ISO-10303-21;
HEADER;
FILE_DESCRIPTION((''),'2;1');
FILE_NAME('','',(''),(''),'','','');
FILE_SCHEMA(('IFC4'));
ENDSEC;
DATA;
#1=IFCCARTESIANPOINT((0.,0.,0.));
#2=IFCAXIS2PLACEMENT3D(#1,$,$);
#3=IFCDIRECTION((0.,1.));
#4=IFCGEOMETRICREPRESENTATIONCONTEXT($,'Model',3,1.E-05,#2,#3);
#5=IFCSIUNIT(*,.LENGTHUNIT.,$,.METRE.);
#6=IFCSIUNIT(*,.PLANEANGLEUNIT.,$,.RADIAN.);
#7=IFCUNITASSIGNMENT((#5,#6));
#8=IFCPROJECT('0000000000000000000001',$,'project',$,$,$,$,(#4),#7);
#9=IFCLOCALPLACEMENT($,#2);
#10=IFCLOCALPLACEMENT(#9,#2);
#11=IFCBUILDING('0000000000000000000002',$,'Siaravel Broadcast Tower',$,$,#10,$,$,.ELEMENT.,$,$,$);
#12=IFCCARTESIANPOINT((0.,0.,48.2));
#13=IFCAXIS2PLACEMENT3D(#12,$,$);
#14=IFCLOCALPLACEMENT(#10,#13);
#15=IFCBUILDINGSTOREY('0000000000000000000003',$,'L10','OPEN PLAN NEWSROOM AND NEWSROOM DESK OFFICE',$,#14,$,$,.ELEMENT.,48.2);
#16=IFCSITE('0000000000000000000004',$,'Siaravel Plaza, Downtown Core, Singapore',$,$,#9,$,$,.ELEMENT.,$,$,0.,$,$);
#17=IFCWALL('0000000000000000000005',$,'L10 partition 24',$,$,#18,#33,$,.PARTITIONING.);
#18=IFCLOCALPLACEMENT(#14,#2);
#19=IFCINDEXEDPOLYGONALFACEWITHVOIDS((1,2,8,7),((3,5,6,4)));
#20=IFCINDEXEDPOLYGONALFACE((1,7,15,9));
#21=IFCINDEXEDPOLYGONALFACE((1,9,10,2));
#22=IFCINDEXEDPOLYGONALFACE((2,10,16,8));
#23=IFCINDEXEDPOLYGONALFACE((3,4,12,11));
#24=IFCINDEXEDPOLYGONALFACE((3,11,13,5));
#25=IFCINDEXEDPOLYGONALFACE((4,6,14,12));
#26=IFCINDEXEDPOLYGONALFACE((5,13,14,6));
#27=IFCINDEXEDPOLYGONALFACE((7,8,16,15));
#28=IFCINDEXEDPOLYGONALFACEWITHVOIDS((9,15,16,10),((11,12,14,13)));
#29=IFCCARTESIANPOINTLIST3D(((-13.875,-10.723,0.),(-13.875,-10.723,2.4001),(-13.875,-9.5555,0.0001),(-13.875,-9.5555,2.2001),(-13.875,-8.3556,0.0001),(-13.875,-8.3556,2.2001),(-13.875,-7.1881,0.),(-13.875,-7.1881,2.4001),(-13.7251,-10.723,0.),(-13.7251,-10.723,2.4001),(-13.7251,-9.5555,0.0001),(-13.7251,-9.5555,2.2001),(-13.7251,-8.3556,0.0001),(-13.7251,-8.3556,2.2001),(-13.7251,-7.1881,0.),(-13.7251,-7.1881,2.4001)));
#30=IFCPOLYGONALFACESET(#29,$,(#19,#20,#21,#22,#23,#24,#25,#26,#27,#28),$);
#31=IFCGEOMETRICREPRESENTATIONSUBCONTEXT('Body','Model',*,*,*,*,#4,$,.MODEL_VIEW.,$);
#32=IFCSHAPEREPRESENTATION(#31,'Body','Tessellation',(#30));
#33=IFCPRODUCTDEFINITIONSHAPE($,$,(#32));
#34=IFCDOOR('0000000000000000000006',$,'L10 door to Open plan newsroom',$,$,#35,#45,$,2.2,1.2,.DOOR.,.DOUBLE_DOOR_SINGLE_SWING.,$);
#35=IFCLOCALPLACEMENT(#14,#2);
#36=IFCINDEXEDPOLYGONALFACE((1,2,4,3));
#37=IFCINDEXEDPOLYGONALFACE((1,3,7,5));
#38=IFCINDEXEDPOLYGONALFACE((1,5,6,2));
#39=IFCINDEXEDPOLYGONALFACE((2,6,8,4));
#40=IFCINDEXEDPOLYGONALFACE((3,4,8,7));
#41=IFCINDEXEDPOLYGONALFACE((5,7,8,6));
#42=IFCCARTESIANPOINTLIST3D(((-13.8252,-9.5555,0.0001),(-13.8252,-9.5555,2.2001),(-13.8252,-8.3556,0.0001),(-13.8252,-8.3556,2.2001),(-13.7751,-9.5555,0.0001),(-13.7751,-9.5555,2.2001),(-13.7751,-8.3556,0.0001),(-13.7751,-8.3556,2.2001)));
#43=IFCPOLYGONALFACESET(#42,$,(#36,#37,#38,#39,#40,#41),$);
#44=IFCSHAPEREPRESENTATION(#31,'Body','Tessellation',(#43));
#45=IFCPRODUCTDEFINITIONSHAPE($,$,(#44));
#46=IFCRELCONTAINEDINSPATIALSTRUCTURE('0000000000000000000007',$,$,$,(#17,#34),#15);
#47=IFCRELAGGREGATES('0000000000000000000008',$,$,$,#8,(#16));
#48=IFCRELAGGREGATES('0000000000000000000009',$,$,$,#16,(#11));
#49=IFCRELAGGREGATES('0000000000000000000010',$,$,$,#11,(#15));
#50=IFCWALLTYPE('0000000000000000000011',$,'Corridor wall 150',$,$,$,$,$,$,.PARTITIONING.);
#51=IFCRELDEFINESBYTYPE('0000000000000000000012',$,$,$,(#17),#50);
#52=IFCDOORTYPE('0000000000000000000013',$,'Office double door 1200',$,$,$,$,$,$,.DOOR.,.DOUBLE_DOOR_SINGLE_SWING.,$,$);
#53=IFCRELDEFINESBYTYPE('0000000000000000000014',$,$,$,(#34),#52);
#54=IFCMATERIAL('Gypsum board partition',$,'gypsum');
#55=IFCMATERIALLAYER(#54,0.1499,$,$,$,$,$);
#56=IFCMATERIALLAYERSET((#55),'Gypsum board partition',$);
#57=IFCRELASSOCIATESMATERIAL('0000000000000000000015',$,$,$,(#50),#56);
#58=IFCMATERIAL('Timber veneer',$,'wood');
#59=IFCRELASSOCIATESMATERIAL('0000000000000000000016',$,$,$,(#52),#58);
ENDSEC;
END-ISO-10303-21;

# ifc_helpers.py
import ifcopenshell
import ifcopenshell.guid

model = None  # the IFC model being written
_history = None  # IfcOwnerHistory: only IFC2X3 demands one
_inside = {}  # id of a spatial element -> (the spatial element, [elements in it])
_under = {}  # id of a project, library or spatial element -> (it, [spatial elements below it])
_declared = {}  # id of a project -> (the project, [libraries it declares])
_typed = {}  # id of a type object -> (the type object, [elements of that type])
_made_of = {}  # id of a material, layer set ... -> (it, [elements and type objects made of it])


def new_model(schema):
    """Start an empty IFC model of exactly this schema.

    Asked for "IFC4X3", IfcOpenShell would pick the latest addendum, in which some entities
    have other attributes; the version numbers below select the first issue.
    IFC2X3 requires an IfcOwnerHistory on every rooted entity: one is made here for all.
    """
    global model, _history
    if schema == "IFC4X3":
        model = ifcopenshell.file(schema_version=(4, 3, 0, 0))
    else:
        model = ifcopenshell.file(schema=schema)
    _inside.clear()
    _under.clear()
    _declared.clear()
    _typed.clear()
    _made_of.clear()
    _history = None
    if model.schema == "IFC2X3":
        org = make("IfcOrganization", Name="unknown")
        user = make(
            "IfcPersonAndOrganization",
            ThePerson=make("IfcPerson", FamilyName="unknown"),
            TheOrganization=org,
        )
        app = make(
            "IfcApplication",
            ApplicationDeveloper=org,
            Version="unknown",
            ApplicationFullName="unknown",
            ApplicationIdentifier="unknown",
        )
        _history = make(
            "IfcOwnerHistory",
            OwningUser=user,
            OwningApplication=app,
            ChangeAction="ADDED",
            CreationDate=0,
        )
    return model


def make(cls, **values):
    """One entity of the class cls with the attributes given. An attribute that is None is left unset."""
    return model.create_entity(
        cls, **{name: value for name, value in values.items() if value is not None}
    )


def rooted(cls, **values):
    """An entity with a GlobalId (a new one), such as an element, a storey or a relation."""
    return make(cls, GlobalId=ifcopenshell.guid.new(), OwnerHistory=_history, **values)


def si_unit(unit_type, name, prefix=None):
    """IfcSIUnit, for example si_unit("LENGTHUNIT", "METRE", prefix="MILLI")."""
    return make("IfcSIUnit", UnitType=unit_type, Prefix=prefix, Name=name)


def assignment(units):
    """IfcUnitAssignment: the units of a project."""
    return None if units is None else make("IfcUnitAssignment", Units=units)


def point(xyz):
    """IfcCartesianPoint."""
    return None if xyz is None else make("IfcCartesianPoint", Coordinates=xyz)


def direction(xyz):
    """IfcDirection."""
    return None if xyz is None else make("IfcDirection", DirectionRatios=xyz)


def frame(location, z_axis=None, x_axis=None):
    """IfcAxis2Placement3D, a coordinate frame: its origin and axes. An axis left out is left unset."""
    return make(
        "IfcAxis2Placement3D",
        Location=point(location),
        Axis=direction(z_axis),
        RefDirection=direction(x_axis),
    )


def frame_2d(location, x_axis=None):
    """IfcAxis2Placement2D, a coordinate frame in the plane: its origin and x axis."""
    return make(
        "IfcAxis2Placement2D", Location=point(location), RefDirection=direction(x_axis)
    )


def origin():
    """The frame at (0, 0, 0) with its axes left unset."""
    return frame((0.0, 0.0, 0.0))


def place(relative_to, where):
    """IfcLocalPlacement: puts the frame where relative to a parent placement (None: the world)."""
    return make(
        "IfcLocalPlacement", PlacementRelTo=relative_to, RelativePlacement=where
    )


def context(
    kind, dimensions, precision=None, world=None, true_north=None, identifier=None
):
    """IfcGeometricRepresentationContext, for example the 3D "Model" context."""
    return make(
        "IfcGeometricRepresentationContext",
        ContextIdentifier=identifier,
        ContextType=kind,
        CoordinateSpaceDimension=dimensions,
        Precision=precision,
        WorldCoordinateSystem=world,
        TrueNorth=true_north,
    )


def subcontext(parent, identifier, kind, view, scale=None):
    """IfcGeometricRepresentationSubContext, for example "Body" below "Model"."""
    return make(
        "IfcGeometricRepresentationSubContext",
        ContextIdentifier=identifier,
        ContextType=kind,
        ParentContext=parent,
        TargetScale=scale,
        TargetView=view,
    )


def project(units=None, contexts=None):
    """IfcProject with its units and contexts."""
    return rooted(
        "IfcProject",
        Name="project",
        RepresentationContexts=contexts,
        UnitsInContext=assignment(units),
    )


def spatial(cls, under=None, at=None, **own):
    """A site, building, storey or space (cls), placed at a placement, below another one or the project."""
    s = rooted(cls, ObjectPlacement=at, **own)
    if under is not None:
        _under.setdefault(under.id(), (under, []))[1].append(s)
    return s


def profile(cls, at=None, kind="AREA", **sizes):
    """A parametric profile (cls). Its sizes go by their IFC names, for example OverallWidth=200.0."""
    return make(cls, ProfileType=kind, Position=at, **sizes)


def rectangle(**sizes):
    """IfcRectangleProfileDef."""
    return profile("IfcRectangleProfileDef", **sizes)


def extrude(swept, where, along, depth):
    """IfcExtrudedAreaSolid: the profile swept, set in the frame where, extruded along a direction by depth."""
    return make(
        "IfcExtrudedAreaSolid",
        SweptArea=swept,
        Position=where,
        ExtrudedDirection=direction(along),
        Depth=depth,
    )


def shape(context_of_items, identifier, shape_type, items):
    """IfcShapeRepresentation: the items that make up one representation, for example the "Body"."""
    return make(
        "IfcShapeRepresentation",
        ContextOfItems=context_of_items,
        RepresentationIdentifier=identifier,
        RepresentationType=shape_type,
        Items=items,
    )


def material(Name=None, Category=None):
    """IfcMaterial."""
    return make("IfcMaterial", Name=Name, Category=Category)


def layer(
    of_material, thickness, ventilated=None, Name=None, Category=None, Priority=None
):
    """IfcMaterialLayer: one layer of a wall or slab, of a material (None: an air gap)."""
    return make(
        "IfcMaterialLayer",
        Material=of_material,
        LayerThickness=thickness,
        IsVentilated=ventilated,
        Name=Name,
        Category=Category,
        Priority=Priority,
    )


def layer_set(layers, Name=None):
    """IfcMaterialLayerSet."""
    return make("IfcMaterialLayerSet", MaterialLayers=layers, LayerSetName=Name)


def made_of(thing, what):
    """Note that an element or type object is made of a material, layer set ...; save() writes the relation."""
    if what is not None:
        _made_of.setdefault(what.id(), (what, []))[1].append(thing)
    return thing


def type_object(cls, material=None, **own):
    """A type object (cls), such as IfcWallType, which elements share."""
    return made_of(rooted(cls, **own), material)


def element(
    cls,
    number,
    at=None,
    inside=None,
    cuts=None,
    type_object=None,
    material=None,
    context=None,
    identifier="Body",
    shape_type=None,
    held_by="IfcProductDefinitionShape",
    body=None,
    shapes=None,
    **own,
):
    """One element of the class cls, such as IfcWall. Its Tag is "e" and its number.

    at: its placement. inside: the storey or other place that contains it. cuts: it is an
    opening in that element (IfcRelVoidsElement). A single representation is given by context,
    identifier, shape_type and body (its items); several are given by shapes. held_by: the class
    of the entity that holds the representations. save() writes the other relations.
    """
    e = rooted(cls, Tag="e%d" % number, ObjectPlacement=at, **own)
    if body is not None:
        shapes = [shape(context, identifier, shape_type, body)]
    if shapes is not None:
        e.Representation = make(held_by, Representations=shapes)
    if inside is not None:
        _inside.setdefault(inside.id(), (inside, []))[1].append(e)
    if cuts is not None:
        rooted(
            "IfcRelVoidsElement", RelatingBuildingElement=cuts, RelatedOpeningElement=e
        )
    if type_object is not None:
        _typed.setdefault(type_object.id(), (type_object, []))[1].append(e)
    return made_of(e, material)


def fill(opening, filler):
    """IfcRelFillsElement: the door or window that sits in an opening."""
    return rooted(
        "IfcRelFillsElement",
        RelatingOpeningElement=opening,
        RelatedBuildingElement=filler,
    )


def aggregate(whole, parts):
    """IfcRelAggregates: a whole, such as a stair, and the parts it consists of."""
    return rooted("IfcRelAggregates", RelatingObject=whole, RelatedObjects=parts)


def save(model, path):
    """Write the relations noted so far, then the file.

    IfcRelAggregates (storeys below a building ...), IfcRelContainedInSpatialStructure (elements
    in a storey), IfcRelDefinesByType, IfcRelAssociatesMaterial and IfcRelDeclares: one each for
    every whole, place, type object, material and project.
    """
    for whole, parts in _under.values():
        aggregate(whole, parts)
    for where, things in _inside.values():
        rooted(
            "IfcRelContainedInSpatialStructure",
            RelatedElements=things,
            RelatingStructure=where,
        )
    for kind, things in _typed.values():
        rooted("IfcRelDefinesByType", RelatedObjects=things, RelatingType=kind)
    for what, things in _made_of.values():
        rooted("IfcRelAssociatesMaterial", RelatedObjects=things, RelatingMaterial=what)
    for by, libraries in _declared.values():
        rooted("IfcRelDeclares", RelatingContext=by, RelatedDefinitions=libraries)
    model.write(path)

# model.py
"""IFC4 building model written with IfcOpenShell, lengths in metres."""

from ifc_helpers import new_model, si_unit, direction, frame, frame_2d, origin, place, context, subcontext, project, spatial, rectangle, extrude, material, layer, layer_set, type_object, element, fill, save


model = new_model("IFC4")

# Units and contexts
model_context = context("Model", 3, precision=1e-05, world=origin(), true_north=direction((0.0, 1.0)))
body_context = subcontext(model_context, "Body", "Model", "MODEL_VIEW")
ifc_project = project(units=[si_unit("LENGTHUNIT", "METRE"), si_unit("PLANEANGLEUNIT", "RADIAN")], contexts=[model_context])

# Site, building, storey
site_placement = place(None, origin())
site = spatial("IfcSite", under=ifc_project, at=site_placement, Name="Siaravel Plaza, Downtown Core, Singapore", CompositionType="ELEMENT", RefElevation=0.0)
building_placement = place(site_placement, origin())
building = spatial("IfcBuilding", under=site, at=building_placement, Name="Siaravel Broadcast Tower", CompositionType="ELEMENT")
storey_placement = place(building_placement, frame((0.0, 0.0, 48.2)))
storey = spatial("IfcBuildingStorey", under=building, at=storey_placement, Name="L10", Description="OPEN PLAN NEWSROOM AND NEWSROOM DESK OFFICE", CompositionType="ELEMENT", Elevation=48.2)

# Wall, opening, door
ifc_material_1 = material(Name="Gypsum board partition", Category="gypsum")
ifc_layer_1 = layer(ifc_material_1, 0.1499)
ifc_layer_set_1 = layer_set([ifc_layer_1], Name="Gypsum board partition")
wall_type_1 = type_object("IfcWallType", Name="Corridor wall 150", PredefinedType="PARTITIONING", material=ifc_layer_set_1)
ifc_material_2 = material(Name="Timber veneer", Category="wood")
door_type_1 = type_object("IfcDoorType", Name="Office double door 1200", OperationType="DOUBLE_DOOR_SINGLE_SWING", PredefinedType="DOOR", material=ifc_material_2)
wall_1_placement = place(storey_placement, frame((-13.8, -7.188, 0.0), z_axis=(0.0, 0.0, 1.0), x_axis=(0.0, -1.0, 0.0)))
wall_1 = element("IfcWall", 1, at=wall_1_placement, inside=storey, type_object=wall_type_1, Name="L10 partition 24", PredefinedType="PARTITIONING", context=body_context, shape_type="SweptSolid", body=[
    extrude(rectangle(XDim=3.5349, YDim=0.1499, at=frame_2d((1.7676, 0.0))), origin(), (0.0, 0.0, 1.0), 2.4001),
])
opening_1_placement = place(wall_1_placement, frame((1.1675, 0.0, 0.0)))
opening_1 = element("IfcOpeningElement", 2, at=opening_1_placement, cuts=wall_1, PredefinedType="OPENING", context=body_context, shape_type="SweptSolid", body=[
    extrude(rectangle(XDim=1.2, YDim=2.2, at=frame_2d((0.6001, 1.1001))), frame((0.0, 0.085, 0.0), z_axis=(0.0, -1.0, 0.0), x_axis=(1.0, 0.0, 0.0)), (0.0, 0.0, 1.0), 0.1699),
])
door_1_placement = place(opening_1_placement, origin())
door_1 = element("IfcDoor", 3, at=door_1_placement, inside=storey, type_object=door_type_1, Name="L10 door to Open plan newsroom", OperationType="DOUBLE_DOOR_SINGLE_SWING", OverallHeight=2.2, OverallWidth=1.2, PredefinedType="DOOR", context=body_context, shape_type="SweptSolid", body=[
    extrude(rectangle(XDim=1.2, YDim=2.2, at=frame_2d((0.6001, 1.1001))), frame((0.0, 0.0249, 0.0), z_axis=(0.0, -1.0, 0.0), x_axis=(1.0, 0.0, 0.0)), (0.0, 0.0, 1.0), 0.05),
])
fill(opening_1, door_1)

save(model, "model.ifc")
